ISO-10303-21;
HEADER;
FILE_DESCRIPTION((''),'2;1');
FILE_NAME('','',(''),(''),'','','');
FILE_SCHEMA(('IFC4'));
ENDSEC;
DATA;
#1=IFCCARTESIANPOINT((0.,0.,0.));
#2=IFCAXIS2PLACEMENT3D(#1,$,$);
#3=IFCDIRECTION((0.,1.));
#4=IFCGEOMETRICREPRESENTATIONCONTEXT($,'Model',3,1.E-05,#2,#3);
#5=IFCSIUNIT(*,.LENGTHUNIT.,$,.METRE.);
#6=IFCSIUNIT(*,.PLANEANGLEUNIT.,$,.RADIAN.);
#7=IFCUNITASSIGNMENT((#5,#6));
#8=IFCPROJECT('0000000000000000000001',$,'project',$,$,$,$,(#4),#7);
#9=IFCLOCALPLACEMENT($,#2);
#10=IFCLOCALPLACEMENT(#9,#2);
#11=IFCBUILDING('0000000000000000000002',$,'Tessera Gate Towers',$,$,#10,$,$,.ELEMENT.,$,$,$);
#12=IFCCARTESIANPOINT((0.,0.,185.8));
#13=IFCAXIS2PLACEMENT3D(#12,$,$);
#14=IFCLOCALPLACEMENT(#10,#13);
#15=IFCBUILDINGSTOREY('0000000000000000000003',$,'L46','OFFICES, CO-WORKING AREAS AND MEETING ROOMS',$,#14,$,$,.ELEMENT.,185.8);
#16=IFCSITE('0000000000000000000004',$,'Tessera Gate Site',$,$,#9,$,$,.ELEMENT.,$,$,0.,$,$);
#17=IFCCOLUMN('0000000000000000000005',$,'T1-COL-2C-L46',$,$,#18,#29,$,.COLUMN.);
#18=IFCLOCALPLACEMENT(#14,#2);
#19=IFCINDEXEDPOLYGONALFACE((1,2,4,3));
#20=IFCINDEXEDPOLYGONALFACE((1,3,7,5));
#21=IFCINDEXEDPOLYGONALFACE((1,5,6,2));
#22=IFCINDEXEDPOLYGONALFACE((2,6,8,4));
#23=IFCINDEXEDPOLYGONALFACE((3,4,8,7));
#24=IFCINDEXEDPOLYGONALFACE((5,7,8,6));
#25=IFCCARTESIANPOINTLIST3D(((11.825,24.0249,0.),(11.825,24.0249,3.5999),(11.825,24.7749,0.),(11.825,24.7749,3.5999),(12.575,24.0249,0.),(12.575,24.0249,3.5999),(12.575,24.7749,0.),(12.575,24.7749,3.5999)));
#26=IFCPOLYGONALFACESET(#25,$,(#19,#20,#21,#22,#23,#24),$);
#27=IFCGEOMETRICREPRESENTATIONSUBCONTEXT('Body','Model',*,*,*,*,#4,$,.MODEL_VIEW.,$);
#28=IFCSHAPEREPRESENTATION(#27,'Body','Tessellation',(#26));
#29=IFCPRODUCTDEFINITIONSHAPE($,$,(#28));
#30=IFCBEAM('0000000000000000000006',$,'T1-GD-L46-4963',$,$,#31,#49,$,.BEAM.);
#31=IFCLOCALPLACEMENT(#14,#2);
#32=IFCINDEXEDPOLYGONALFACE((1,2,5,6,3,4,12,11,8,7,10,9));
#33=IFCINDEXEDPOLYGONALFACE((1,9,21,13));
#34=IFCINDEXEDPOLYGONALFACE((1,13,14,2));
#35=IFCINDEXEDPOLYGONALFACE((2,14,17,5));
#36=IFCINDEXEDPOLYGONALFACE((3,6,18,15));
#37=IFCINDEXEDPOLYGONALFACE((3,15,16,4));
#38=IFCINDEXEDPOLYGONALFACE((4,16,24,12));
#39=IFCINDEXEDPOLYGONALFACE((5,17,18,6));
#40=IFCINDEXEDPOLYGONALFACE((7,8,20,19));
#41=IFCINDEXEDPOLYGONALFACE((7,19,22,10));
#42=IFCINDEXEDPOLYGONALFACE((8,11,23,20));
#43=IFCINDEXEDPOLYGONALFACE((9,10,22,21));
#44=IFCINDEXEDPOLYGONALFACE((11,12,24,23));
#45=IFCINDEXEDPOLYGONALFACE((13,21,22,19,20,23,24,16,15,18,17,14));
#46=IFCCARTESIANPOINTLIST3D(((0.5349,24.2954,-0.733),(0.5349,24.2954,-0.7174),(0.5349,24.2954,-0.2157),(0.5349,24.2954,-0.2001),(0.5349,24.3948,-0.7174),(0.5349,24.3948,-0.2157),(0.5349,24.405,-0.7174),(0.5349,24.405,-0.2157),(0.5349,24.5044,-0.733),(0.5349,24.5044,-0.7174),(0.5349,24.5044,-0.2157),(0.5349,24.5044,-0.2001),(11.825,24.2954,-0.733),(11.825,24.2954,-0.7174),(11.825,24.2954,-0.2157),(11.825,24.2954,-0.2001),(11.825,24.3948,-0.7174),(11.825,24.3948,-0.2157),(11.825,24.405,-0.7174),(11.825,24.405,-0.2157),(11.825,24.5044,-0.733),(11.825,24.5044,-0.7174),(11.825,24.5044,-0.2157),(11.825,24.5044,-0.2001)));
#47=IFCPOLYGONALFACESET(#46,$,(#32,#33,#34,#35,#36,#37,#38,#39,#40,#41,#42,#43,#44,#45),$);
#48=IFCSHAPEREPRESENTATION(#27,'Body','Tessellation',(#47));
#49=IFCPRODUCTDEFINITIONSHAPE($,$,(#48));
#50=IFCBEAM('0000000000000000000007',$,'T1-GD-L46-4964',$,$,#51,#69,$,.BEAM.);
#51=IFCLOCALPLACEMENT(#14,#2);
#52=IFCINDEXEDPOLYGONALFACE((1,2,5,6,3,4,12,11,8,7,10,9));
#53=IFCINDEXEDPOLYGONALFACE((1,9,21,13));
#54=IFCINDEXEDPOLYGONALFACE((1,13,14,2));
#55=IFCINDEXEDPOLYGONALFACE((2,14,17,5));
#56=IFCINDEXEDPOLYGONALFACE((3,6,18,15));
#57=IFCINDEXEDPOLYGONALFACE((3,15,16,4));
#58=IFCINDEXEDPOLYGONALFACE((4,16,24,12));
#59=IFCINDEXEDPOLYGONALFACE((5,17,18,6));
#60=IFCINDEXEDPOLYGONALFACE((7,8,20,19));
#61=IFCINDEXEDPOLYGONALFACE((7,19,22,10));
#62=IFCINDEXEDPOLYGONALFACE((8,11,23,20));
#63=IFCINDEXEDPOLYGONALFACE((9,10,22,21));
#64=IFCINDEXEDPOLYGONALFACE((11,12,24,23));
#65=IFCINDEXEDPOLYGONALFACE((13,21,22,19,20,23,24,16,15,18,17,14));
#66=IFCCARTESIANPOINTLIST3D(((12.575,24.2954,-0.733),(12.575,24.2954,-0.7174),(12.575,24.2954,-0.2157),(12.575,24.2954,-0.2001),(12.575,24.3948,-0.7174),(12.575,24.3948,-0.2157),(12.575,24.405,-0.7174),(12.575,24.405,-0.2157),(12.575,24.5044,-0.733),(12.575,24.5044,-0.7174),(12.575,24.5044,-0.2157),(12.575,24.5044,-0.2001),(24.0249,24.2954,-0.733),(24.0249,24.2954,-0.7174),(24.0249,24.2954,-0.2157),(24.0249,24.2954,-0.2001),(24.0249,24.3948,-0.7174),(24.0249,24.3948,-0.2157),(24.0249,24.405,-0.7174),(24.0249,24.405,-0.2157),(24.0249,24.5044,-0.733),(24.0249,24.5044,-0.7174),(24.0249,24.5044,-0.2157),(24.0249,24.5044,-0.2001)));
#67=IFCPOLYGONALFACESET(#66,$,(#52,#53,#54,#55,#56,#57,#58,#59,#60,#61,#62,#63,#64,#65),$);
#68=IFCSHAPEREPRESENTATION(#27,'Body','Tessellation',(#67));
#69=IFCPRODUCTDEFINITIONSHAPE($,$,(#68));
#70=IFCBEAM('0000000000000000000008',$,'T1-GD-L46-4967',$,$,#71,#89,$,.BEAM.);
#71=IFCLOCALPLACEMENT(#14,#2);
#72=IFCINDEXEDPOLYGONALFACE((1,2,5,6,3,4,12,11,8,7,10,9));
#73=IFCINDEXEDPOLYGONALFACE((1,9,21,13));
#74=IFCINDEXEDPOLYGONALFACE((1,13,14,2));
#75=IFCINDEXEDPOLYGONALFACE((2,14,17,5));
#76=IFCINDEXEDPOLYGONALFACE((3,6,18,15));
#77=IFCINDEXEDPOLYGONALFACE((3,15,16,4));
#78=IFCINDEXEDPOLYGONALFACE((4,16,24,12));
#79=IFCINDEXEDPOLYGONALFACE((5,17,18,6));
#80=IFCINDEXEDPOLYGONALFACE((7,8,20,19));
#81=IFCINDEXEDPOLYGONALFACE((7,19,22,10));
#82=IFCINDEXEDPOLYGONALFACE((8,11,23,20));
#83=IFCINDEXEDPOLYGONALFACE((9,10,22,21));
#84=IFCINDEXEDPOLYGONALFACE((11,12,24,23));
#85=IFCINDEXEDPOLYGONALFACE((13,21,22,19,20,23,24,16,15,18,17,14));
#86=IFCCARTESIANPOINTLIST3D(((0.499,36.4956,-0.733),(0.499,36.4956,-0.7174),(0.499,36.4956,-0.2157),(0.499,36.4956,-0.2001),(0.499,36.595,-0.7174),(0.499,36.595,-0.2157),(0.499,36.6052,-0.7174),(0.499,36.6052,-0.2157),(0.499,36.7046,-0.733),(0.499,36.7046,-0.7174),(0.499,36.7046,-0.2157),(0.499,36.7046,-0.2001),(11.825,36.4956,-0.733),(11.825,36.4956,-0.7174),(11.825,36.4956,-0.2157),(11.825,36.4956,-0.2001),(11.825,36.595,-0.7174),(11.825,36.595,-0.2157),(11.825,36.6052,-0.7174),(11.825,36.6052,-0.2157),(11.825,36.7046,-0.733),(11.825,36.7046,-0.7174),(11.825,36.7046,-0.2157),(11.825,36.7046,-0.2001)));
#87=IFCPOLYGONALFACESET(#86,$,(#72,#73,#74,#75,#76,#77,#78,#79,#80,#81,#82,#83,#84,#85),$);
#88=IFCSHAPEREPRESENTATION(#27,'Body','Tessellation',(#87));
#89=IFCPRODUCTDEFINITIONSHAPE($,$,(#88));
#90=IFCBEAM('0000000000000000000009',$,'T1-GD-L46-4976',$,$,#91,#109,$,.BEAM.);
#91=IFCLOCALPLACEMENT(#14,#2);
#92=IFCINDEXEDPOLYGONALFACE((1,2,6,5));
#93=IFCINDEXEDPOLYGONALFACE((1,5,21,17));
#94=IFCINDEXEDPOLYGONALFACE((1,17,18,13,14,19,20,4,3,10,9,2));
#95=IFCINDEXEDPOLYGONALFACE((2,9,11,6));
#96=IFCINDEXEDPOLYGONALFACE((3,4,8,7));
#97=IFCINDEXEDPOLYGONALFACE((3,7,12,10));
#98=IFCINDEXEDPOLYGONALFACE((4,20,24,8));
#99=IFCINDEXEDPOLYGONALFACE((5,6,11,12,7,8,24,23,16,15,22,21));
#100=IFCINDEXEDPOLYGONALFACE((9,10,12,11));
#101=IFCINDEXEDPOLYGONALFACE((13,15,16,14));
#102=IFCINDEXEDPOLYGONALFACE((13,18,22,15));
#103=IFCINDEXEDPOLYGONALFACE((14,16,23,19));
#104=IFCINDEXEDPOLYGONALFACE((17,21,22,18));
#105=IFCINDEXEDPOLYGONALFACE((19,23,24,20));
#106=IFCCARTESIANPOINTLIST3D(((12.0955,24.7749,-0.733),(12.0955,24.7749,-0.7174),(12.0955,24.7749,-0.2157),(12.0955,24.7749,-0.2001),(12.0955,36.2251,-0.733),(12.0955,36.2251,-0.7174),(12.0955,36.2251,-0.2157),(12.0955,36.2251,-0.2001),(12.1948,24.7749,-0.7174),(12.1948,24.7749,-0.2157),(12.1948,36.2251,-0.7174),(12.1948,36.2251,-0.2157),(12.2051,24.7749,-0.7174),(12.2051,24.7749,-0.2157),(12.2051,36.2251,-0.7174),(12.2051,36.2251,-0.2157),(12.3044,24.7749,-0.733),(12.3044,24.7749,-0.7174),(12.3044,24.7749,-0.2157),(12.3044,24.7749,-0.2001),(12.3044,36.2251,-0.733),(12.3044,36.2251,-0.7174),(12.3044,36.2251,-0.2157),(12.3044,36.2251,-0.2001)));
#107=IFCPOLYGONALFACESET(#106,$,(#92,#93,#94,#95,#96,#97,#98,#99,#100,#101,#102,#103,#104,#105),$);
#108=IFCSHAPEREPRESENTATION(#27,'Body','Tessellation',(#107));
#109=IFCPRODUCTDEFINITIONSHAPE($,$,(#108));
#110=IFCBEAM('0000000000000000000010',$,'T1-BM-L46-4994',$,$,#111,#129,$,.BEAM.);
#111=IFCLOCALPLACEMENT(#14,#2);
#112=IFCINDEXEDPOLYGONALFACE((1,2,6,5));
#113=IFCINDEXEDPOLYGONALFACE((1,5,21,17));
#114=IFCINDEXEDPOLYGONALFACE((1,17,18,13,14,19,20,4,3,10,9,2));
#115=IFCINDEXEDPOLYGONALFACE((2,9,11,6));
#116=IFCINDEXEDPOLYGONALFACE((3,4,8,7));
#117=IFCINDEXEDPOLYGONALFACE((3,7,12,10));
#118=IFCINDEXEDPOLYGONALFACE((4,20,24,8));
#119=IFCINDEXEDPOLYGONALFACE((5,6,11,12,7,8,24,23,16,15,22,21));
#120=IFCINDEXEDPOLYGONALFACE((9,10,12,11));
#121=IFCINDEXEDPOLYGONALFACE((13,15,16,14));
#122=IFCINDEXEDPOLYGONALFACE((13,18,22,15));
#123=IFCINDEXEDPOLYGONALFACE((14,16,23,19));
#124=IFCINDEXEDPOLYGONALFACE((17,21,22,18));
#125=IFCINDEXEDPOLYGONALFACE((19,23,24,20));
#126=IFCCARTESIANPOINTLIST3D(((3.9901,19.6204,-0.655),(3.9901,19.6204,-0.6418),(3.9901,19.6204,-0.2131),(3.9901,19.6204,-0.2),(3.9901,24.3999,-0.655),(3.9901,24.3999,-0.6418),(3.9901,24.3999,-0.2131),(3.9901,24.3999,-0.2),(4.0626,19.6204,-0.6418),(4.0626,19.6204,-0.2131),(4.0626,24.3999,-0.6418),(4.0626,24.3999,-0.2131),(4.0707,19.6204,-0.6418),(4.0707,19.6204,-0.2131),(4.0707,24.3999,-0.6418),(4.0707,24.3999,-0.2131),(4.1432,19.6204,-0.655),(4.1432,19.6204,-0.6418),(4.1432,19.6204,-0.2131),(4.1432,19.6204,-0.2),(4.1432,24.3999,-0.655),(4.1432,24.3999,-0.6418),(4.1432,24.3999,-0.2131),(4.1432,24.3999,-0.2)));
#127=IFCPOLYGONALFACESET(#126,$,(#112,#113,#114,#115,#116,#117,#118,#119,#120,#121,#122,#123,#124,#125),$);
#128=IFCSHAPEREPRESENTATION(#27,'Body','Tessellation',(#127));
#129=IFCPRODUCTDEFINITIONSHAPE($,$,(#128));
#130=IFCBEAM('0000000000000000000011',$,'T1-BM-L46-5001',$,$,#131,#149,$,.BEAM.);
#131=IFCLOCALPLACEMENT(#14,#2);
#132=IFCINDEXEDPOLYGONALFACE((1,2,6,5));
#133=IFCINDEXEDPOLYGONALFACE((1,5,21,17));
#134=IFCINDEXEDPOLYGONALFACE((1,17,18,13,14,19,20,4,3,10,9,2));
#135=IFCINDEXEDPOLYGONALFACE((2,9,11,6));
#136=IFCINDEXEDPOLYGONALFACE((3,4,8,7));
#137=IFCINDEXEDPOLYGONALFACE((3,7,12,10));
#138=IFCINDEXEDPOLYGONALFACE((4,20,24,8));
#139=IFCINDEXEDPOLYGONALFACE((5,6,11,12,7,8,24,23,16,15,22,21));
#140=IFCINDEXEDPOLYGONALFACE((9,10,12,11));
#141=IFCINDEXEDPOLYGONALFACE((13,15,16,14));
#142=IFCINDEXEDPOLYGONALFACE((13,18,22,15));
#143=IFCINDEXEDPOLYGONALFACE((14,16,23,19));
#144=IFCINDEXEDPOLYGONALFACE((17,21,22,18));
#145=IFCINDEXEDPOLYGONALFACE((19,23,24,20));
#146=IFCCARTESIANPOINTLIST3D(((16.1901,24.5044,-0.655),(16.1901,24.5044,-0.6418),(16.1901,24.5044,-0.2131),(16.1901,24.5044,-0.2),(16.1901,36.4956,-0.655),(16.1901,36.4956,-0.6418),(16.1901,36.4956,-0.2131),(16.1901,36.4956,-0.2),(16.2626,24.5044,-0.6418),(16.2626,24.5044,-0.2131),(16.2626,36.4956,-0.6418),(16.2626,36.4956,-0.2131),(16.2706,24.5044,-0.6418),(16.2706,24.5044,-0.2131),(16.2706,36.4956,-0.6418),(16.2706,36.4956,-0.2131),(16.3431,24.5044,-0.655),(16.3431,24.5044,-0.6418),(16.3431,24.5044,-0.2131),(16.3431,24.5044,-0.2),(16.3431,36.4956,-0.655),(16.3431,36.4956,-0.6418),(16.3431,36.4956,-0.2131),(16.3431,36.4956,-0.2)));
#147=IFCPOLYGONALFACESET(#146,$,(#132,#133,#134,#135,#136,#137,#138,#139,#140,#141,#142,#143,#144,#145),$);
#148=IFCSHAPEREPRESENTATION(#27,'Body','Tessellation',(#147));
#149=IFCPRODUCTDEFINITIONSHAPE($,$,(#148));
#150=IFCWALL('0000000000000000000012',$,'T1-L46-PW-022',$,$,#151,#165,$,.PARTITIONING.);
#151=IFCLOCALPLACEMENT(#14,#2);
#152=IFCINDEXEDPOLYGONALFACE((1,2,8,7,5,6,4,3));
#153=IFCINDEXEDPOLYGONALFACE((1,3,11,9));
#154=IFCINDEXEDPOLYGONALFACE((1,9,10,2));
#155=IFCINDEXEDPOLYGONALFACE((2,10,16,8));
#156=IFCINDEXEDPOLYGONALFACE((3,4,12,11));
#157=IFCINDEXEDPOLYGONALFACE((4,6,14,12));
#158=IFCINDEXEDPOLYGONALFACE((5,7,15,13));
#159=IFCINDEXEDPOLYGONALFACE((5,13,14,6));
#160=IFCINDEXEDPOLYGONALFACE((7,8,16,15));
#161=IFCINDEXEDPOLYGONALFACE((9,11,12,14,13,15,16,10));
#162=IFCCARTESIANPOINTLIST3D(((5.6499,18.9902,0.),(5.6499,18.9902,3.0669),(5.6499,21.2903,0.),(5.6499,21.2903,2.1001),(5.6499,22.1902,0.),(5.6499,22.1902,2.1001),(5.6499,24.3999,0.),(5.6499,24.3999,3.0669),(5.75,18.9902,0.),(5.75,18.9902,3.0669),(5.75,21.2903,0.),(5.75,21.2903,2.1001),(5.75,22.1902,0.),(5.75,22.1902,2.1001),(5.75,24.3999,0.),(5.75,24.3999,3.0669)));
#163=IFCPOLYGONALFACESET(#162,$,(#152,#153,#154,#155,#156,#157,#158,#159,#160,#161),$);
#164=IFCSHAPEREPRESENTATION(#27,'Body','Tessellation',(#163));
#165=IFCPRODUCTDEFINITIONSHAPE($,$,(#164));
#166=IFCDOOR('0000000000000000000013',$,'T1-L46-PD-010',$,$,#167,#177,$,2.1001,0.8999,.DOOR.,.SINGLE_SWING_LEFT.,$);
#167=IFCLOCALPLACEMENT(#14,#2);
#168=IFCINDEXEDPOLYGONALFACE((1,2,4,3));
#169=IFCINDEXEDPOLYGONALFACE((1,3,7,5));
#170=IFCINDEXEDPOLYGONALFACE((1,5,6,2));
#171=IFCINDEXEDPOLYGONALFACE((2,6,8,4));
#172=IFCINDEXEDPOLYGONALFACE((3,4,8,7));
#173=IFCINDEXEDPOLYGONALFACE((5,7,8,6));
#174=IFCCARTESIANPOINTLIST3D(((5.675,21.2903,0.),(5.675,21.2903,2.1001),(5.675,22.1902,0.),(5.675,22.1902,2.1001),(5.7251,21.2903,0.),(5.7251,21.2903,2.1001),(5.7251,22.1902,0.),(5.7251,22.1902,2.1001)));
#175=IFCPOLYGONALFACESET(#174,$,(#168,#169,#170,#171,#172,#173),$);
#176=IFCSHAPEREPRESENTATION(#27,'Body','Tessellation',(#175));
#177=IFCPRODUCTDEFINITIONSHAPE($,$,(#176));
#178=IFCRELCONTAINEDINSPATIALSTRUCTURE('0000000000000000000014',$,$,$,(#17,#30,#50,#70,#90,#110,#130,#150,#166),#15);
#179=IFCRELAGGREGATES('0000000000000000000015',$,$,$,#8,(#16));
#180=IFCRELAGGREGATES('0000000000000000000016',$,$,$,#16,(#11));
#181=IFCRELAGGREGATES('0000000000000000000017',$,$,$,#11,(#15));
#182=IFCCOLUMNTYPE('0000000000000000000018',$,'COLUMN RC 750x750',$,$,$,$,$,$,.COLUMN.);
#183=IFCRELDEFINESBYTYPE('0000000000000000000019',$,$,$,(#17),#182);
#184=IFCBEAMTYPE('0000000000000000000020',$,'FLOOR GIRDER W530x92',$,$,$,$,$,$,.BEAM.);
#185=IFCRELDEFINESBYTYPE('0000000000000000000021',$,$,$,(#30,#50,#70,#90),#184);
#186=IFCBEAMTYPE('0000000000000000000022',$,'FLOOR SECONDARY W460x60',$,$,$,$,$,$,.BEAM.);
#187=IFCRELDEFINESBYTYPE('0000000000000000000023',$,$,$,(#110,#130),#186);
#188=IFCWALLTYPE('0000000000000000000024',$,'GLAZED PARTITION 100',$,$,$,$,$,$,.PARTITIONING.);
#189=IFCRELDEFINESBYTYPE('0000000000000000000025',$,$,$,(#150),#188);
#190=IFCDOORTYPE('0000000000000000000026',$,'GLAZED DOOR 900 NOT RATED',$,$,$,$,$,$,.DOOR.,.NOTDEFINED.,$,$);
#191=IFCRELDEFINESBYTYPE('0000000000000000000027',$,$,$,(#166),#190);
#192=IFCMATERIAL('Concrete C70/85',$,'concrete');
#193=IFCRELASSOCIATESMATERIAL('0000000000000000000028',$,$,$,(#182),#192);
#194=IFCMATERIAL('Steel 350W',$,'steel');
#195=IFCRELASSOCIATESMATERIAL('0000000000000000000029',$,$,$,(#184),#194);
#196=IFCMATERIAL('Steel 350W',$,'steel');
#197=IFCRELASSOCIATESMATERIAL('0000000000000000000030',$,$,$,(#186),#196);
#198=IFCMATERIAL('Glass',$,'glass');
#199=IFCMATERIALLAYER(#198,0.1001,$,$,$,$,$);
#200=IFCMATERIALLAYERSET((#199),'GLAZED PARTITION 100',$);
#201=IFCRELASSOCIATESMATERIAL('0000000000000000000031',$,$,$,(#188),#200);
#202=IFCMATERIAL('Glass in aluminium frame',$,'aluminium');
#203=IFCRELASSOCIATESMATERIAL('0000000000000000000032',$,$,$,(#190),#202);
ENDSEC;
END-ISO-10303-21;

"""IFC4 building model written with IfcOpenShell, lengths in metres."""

from ifc_helpers import new_model, si_unit, direction, frame, frame_2d, origin, origin_2d, place, context, subcontext, project, spatial, rectangle, i_section, extrude, source, transform, mapped, material, layer, layer_set, material_profile, profile_set, type_object, element, fill, save


model = new_model("IFC4")

# Units and contexts
model_context = context("Model", 3, precision=1e-05, world=origin(), true_north=direction((0.0, 1.0)))
body_context = subcontext(model_context, "Body", "Model", "MODEL_VIEW")
ifc_project = project(units=[si_unit("LENGTHUNIT", "METRE"), si_unit("PLANEANGLEUNIT", "RADIAN")], contexts=[model_context])

# Site, building, storey
site_placement = place(None, origin())
site = spatial("IfcSite", under=ifc_project, at=site_placement, Name="Tessera Gate Site", CompositionType="ELEMENT", RefElevation=0.0)
building_placement = place(site_placement, origin())
building = spatial("IfcBuilding", under=site, at=building_placement, Name="Tessera Gate Towers", CompositionType="ELEMENT")
storey_placement = place(building_placement, frame((0.0, 0.0, 185.8)))
storey = spatial("IfcBuildingStorey", under=building, at=storey_placement, Name="L46", Description="OFFICES, CO-WORKING AREAS AND MEETING ROOMS", CompositionType="ELEMENT", Elevation=185.8)

# Column
ifc_material_1 = material(Name="Concrete C70/85", Category="concrete")
ifc_material_profile_1 = material_profile(ifc_material_1, rectangle(XDim=0.75, YDim=0.75, at=origin_2d()), Name="RC 750x750")
ifc_profile_set_1 = profile_set([ifc_material_profile_1], Name="Concrete C70/85")
column_type = type_object("IfcColumnType", Name="COLUMN RC 750x750", PredefinedType="COLUMN", material=ifc_profile_set_1)
column_placement = place(storey_placement, frame((12.2, 24.3999, 0.0), z_axis=(0.0, 0.0, 1.0), x_axis=(1.0, 0.0, 0.0)))
element("IfcColumn", 1, at=column_placement, inside=storey, type_object=column_type, Name="T1-COL-2C-L46", PredefinedType="COLUMN", context=body_context, shape_type="SweptSolid", body=[
    extrude(rectangle(XDim=0.75, YDim=0.75, at=origin_2d()), origin(), (0.0, 0.0, 1.0), 3.5999),
])

# Beams
ifc_material_2 = material(Name="Steel 350W", Category="steel")
ifc_material_profile_2 = material_profile(ifc_material_2, i_section(OverallWidth=0.209, OverallDepth=0.533, WebThickness=0.0103, FlangeThickness=0.0156, at=origin_2d()), Name="W530x92")
ifc_profile_set_2 = profile_set([ifc_material_profile_2], Name="Steel 350W")
beam_type_1 = type_object("IfcBeamType", Name="FLOOR GIRDER W530x92", PredefinedType="BEAM", material=ifc_profile_set_2)
beam_1_placement = place(storey_placement, frame((0.5349, 24.3999, -0.4666), z_axis=(1.0, 0.0, 0.0), x_axis=(0.0, 1.0, 0.0)))
element("IfcBeam", 2, at=beam_1_placement, inside=storey, type_object=beam_type_1, Name="T1-GD-L46-4963", PredefinedType="BEAM", context=body_context, shape_type="SweptSolid", body=[
    extrude(i_section(OverallWidth=0.209, OverallDepth=0.533, WebThickness=0.0103, FlangeThickness=0.0156, at=origin_2d()), origin(), (0.0, 0.0, 1.0), 11.29),
])
beam_2_placement = place(storey_placement, frame((12.575, 24.3999, -0.4666), z_axis=(1.0, 0.0, 0.0), x_axis=(0.0, 1.0, 0.0)))
element("IfcBeam", 3, at=beam_2_placement, inside=storey, type_object=beam_type_1, Name="T1-GD-L46-4964", PredefinedType="BEAM", context=body_context, shape_type="SweptSolid", body=[
    extrude(i_section(OverallWidth=0.209, OverallDepth=0.533, WebThickness=0.0103, FlangeThickness=0.0156, at=origin_2d()), origin(), (0.0, 0.0, 1.0), 11.45),
])
beam_3_placement = place(storey_placement, frame((0.499, 36.6001, -0.4666), z_axis=(1.0, 0.0, 0.0), x_axis=(0.0, 1.0, 0.0)))
element("IfcBeam", 4, at=beam_3_placement, inside=storey, type_object=beam_type_1, Name="T1-GD-L46-4967", PredefinedType="BEAM", context=body_context, shape_type="SweptSolid", body=[
    extrude(i_section(OverallWidth=0.209, OverallDepth=0.533, WebThickness=0.0103, FlangeThickness=0.0156, at=origin_2d()), origin(), (0.0, 0.0, 1.0), 11.3259),
])
beam_4_placement = place(storey_placement, frame((12.2, 24.7749, -0.4666), z_axis=(0.0, 1.0, 0.0), x_axis=(-1.0, 0.0, 0.0)))
element("IfcBeam", 5, at=beam_4_placement, inside=storey, type_object=beam_type_1, Name="T1-GD-L46-4976", PredefinedType="BEAM", context=body_context, shape_type="SweptSolid", body=[
    extrude(i_section(OverallWidth=0.209, OverallDepth=0.533, WebThickness=0.0103, FlangeThickness=0.0156, at=origin_2d()), origin(), (0.0, 0.0, 1.0), 11.4502),
])
ifc_material_3 = material(Name="Steel 350W", Category="steel")
ifc_material_profile_3 = material_profile(ifc_material_3, i_section(OverallWidth=0.1531, OverallDepth=0.4551, WebThickness=0.0081, FlangeThickness=0.0132, at=origin_2d()), Name="W460x60")
ifc_profile_set_3 = profile_set([ifc_material_profile_3], Name="Steel 350W")
beam_type_2 = type_object("IfcBeamType", Name="FLOOR SECONDARY W460x60", PredefinedType="BEAM", material=ifc_profile_set_3)
beam_5_placement = place(storey_placement, frame((4.0667, 19.6204, -0.4275), z_axis=(0.0, 1.0, 0.0), x_axis=(-1.0, 0.0, 0.0)))
element("IfcBeam", 6, at=beam_5_placement, inside=storey, type_object=beam_type_2, Name="T1-BM-L46-4994", PredefinedType="BEAM", context=body_context, shape_type="SweptSolid", body=[
    extrude(i_section(OverallWidth=0.1531, OverallDepth=0.4551, WebThickness=0.0081, FlangeThickness=0.0132, at=origin_2d()), origin(), (0.0, 0.0, 1.0), 4.7795),
])
beam_6_placement = place(storey_placement, frame((16.2666, 24.5044, -0.4275), z_axis=(0.0, 1.0, 0.0), x_axis=(-1.0, 0.0, 0.0)))
element("IfcBeam", 7, at=beam_6_placement, inside=storey, type_object=beam_type_2, Name="T1-BM-L46-5001", PredefinedType="BEAM", context=body_context, shape_type="SweptSolid", body=[
    extrude(i_section(OverallWidth=0.1531, OverallDepth=0.4551, WebThickness=0.0081, FlangeThickness=0.0132, at=origin_2d()), origin(), (0.0, 0.0, 1.0), 11.9912),
])

# Wall, opening, door
ifc_material_4 = material(Name="Glass", Category="glass")
ifc_layer_1 = layer(ifc_material_4, 0.1001)
ifc_layer_set_1 = layer_set([ifc_layer_1], Name="GLAZED PARTITION 100")
wall_type_1 = type_object("IfcWallType", Name="GLAZED PARTITION 100", PredefinedType="PARTITIONING", material=ifc_layer_set_1)
wall_1_placement = place(storey_placement, frame((5.7, 18.9902, 0.0), z_axis=(0.0, 0.0, 1.0), x_axis=(0.0, 1.0, 0.0)))
wall_1 = element("IfcWall", 8, at=wall_1_placement, inside=storey, type_object=wall_type_1, Name="T1-L46-PW-022", PredefinedType="PARTITIONING", context=body_context, shape_type="SweptSolid", body=[
    extrude(rectangle(XDim=5.4097, YDim=0.1001, at=frame_2d((2.7048, 0.0))), origin(), (0.0, 0.0, 1.0), 3.0669),
])
shared_shape_1 = source(origin(), body_context, "Body", "SweptSolid", [
    extrude(rectangle(XDim=0.8999, YDim=2.1001, at=frame_2d((0.45, 1.05))), frame((0.0, 0.0601, 0.0), z_axis=(0.0, -1.0, 0.0), x_axis=(1.0, 0.0, 0.0)), (0.0, 0.0, 1.0), 0.1201),
])
opening_1_placement = place(wall_1_placement, frame((2.3, 0.0, 0.0)))
opening_1 = element("IfcOpeningElement", 9, at=opening_1_placement, cuts=wall_1, PredefinedType="OPENING", context=body_context, shape_type="MappedRepresentation", body=[
    mapped(shared_shape_1, transform((0.0, 0.0, 0.0), scale=1.0)),
])
ifc_material_5 = material(Name="Glass in aluminium frame", Category="aluminium")
door_type_1 = type_object("IfcDoorType", Name="GLAZED DOOR 900 NOT RATED", OperationType="NOTDEFINED", PredefinedType="DOOR", material=ifc_material_5)
shared_shape_2 = source(origin(), body_context, "Body", "SweptSolid", [
    extrude(rectangle(XDim=0.8999, YDim=2.1001, at=frame_2d((0.45, 1.05))), frame((0.0, 0.0249, 0.0), z_axis=(0.0, -1.0, 0.0), x_axis=(1.0, 0.0, 0.0)), (0.0, 0.0, 1.0), 0.05),
])
door_1_placement = place(opening_1_placement, origin())
door_1 = element("IfcDoor", 10, at=door_1_placement, inside=storey, type_object=door_type_1, Name="T1-L46-PD-010", OperationType="SINGLE_SWING_LEFT", OverallHeight=2.1001, OverallWidth=0.8999, PredefinedType="DOOR", context=body_context, shape_type="MappedRepresentation", body=[
    mapped(shared_shape_2, transform((0.0, 0.0, 0.0), scale=1.0)),
])
fill(opening_1, door_1)

save(model, "model.ifc")
